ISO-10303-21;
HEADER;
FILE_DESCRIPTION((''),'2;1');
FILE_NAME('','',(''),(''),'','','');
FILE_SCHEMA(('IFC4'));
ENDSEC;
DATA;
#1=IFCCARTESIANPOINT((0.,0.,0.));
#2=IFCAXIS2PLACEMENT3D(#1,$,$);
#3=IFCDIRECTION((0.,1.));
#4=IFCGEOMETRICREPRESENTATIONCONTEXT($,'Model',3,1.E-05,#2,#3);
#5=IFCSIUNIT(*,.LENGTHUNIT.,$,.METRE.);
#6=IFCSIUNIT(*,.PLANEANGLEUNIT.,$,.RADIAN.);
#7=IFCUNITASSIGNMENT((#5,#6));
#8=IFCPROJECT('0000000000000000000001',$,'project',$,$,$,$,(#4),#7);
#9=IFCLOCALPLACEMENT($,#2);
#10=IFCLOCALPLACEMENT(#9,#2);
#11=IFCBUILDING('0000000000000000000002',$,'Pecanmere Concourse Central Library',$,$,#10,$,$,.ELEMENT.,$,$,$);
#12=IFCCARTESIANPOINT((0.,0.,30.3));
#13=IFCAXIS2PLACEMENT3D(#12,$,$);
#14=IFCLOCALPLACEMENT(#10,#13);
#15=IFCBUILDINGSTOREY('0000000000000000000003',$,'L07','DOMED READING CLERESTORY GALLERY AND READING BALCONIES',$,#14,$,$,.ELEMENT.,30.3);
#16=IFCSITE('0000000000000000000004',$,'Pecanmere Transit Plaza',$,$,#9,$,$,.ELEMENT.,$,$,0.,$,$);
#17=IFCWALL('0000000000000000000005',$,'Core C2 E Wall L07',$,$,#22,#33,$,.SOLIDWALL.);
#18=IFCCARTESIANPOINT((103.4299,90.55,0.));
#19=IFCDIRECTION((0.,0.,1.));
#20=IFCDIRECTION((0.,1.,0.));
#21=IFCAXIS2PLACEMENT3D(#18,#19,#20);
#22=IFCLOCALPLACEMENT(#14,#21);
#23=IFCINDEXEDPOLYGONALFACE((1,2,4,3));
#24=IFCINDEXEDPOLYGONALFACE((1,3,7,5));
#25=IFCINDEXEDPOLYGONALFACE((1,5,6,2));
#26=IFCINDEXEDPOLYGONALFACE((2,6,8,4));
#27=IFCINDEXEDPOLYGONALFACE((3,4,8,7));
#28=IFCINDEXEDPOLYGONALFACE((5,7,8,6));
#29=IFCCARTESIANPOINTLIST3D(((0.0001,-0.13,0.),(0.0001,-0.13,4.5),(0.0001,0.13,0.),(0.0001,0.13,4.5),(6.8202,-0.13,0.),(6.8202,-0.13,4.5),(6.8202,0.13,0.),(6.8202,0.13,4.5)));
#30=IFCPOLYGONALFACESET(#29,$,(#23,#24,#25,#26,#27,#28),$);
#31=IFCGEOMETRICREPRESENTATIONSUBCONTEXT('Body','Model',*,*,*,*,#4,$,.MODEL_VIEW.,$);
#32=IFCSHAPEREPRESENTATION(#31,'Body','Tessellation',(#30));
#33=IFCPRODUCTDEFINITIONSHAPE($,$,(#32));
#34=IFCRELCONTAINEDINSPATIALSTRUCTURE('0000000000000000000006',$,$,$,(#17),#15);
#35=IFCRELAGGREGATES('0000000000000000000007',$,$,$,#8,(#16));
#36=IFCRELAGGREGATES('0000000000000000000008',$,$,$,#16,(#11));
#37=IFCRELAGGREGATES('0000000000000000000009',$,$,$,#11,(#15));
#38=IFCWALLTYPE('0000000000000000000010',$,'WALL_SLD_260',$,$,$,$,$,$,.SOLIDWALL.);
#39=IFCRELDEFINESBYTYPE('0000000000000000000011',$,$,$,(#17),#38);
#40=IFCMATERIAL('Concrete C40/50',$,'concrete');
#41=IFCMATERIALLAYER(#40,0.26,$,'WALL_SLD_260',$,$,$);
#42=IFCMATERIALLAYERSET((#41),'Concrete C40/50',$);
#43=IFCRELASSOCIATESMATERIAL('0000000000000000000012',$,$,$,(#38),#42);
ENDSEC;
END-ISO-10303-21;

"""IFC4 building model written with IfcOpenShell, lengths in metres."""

from ifc_helpers import new_model, si_unit, direction, frame, frame_2d, origin, place, context, subcontext, project, spatial, rectangle, extrude, material, layer, layer_set, type_object, element, save


model = new_model("IFC4")

# Units and contexts
model_context = context("Model", 3, precision=1e-05, world=origin(), true_north=direction((0.0, 1.0)))
body_context = subcontext(model_context, "Body", "Model", "MODEL_VIEW")
ifc_project = project(units=[si_unit("LENGTHUNIT", "METRE"), si_unit("PLANEANGLEUNIT", "RADIAN")], contexts=[model_context])

# Site, building, storey
site_placement = place(None, origin())
site = spatial("IfcSite", under=ifc_project, at=site_placement, Name="Pecanmere Transit Plaza", CompositionType="ELEMENT", RefElevation=0.0)
building_placement = place(site_placement, origin())
building = spatial("IfcBuilding", under=site, at=building_placement, Name="Pecanmere Concourse Central Library", CompositionType="ELEMENT")
storey_placement = place(building_placement, frame((0.0, 0.0, 30.3)))
storey = spatial("IfcBuildingStorey", under=building, at=storey_placement, Name="L07", Description="DOMED READING CLERESTORY GALLERY AND READING BALCONIES", CompositionType="ELEMENT", Elevation=30.3)

# Wall
ifc_material_1 = material(Name="Concrete C40/50", Category="concrete")
ifc_layer_1 = layer(ifc_material_1, 0.26, Name="WALL_SLD_260")
ifc_layer_set_1 = layer_set([ifc_layer_1], Name="Concrete C40/50")
wall_type = type_object("IfcWallType", Name="WALL_SLD_260", PredefinedType="SOLIDWALL", material=ifc_layer_set_1)
wall_placement = place(storey_placement, frame((103.4299, 90.55, 0.0), z_axis=(0.0, 0.0, 1.0), x_axis=(0.0, 1.0, 0.0)))
element("IfcWall", 1, at=wall_placement, inside=storey, type_object=wall_type, Name="Core C2 E Wall L07", PredefinedType="SOLIDWALL", context=body_context, shape_type="SweptSolid", body=[
    extrude(rectangle(XDim=6.8201, YDim=0.26, at=frame_2d((3.4102, 0.0))), origin(), (0.0, 0.0, 1.0), 4.5),
])

save(model, "model.ifc")
